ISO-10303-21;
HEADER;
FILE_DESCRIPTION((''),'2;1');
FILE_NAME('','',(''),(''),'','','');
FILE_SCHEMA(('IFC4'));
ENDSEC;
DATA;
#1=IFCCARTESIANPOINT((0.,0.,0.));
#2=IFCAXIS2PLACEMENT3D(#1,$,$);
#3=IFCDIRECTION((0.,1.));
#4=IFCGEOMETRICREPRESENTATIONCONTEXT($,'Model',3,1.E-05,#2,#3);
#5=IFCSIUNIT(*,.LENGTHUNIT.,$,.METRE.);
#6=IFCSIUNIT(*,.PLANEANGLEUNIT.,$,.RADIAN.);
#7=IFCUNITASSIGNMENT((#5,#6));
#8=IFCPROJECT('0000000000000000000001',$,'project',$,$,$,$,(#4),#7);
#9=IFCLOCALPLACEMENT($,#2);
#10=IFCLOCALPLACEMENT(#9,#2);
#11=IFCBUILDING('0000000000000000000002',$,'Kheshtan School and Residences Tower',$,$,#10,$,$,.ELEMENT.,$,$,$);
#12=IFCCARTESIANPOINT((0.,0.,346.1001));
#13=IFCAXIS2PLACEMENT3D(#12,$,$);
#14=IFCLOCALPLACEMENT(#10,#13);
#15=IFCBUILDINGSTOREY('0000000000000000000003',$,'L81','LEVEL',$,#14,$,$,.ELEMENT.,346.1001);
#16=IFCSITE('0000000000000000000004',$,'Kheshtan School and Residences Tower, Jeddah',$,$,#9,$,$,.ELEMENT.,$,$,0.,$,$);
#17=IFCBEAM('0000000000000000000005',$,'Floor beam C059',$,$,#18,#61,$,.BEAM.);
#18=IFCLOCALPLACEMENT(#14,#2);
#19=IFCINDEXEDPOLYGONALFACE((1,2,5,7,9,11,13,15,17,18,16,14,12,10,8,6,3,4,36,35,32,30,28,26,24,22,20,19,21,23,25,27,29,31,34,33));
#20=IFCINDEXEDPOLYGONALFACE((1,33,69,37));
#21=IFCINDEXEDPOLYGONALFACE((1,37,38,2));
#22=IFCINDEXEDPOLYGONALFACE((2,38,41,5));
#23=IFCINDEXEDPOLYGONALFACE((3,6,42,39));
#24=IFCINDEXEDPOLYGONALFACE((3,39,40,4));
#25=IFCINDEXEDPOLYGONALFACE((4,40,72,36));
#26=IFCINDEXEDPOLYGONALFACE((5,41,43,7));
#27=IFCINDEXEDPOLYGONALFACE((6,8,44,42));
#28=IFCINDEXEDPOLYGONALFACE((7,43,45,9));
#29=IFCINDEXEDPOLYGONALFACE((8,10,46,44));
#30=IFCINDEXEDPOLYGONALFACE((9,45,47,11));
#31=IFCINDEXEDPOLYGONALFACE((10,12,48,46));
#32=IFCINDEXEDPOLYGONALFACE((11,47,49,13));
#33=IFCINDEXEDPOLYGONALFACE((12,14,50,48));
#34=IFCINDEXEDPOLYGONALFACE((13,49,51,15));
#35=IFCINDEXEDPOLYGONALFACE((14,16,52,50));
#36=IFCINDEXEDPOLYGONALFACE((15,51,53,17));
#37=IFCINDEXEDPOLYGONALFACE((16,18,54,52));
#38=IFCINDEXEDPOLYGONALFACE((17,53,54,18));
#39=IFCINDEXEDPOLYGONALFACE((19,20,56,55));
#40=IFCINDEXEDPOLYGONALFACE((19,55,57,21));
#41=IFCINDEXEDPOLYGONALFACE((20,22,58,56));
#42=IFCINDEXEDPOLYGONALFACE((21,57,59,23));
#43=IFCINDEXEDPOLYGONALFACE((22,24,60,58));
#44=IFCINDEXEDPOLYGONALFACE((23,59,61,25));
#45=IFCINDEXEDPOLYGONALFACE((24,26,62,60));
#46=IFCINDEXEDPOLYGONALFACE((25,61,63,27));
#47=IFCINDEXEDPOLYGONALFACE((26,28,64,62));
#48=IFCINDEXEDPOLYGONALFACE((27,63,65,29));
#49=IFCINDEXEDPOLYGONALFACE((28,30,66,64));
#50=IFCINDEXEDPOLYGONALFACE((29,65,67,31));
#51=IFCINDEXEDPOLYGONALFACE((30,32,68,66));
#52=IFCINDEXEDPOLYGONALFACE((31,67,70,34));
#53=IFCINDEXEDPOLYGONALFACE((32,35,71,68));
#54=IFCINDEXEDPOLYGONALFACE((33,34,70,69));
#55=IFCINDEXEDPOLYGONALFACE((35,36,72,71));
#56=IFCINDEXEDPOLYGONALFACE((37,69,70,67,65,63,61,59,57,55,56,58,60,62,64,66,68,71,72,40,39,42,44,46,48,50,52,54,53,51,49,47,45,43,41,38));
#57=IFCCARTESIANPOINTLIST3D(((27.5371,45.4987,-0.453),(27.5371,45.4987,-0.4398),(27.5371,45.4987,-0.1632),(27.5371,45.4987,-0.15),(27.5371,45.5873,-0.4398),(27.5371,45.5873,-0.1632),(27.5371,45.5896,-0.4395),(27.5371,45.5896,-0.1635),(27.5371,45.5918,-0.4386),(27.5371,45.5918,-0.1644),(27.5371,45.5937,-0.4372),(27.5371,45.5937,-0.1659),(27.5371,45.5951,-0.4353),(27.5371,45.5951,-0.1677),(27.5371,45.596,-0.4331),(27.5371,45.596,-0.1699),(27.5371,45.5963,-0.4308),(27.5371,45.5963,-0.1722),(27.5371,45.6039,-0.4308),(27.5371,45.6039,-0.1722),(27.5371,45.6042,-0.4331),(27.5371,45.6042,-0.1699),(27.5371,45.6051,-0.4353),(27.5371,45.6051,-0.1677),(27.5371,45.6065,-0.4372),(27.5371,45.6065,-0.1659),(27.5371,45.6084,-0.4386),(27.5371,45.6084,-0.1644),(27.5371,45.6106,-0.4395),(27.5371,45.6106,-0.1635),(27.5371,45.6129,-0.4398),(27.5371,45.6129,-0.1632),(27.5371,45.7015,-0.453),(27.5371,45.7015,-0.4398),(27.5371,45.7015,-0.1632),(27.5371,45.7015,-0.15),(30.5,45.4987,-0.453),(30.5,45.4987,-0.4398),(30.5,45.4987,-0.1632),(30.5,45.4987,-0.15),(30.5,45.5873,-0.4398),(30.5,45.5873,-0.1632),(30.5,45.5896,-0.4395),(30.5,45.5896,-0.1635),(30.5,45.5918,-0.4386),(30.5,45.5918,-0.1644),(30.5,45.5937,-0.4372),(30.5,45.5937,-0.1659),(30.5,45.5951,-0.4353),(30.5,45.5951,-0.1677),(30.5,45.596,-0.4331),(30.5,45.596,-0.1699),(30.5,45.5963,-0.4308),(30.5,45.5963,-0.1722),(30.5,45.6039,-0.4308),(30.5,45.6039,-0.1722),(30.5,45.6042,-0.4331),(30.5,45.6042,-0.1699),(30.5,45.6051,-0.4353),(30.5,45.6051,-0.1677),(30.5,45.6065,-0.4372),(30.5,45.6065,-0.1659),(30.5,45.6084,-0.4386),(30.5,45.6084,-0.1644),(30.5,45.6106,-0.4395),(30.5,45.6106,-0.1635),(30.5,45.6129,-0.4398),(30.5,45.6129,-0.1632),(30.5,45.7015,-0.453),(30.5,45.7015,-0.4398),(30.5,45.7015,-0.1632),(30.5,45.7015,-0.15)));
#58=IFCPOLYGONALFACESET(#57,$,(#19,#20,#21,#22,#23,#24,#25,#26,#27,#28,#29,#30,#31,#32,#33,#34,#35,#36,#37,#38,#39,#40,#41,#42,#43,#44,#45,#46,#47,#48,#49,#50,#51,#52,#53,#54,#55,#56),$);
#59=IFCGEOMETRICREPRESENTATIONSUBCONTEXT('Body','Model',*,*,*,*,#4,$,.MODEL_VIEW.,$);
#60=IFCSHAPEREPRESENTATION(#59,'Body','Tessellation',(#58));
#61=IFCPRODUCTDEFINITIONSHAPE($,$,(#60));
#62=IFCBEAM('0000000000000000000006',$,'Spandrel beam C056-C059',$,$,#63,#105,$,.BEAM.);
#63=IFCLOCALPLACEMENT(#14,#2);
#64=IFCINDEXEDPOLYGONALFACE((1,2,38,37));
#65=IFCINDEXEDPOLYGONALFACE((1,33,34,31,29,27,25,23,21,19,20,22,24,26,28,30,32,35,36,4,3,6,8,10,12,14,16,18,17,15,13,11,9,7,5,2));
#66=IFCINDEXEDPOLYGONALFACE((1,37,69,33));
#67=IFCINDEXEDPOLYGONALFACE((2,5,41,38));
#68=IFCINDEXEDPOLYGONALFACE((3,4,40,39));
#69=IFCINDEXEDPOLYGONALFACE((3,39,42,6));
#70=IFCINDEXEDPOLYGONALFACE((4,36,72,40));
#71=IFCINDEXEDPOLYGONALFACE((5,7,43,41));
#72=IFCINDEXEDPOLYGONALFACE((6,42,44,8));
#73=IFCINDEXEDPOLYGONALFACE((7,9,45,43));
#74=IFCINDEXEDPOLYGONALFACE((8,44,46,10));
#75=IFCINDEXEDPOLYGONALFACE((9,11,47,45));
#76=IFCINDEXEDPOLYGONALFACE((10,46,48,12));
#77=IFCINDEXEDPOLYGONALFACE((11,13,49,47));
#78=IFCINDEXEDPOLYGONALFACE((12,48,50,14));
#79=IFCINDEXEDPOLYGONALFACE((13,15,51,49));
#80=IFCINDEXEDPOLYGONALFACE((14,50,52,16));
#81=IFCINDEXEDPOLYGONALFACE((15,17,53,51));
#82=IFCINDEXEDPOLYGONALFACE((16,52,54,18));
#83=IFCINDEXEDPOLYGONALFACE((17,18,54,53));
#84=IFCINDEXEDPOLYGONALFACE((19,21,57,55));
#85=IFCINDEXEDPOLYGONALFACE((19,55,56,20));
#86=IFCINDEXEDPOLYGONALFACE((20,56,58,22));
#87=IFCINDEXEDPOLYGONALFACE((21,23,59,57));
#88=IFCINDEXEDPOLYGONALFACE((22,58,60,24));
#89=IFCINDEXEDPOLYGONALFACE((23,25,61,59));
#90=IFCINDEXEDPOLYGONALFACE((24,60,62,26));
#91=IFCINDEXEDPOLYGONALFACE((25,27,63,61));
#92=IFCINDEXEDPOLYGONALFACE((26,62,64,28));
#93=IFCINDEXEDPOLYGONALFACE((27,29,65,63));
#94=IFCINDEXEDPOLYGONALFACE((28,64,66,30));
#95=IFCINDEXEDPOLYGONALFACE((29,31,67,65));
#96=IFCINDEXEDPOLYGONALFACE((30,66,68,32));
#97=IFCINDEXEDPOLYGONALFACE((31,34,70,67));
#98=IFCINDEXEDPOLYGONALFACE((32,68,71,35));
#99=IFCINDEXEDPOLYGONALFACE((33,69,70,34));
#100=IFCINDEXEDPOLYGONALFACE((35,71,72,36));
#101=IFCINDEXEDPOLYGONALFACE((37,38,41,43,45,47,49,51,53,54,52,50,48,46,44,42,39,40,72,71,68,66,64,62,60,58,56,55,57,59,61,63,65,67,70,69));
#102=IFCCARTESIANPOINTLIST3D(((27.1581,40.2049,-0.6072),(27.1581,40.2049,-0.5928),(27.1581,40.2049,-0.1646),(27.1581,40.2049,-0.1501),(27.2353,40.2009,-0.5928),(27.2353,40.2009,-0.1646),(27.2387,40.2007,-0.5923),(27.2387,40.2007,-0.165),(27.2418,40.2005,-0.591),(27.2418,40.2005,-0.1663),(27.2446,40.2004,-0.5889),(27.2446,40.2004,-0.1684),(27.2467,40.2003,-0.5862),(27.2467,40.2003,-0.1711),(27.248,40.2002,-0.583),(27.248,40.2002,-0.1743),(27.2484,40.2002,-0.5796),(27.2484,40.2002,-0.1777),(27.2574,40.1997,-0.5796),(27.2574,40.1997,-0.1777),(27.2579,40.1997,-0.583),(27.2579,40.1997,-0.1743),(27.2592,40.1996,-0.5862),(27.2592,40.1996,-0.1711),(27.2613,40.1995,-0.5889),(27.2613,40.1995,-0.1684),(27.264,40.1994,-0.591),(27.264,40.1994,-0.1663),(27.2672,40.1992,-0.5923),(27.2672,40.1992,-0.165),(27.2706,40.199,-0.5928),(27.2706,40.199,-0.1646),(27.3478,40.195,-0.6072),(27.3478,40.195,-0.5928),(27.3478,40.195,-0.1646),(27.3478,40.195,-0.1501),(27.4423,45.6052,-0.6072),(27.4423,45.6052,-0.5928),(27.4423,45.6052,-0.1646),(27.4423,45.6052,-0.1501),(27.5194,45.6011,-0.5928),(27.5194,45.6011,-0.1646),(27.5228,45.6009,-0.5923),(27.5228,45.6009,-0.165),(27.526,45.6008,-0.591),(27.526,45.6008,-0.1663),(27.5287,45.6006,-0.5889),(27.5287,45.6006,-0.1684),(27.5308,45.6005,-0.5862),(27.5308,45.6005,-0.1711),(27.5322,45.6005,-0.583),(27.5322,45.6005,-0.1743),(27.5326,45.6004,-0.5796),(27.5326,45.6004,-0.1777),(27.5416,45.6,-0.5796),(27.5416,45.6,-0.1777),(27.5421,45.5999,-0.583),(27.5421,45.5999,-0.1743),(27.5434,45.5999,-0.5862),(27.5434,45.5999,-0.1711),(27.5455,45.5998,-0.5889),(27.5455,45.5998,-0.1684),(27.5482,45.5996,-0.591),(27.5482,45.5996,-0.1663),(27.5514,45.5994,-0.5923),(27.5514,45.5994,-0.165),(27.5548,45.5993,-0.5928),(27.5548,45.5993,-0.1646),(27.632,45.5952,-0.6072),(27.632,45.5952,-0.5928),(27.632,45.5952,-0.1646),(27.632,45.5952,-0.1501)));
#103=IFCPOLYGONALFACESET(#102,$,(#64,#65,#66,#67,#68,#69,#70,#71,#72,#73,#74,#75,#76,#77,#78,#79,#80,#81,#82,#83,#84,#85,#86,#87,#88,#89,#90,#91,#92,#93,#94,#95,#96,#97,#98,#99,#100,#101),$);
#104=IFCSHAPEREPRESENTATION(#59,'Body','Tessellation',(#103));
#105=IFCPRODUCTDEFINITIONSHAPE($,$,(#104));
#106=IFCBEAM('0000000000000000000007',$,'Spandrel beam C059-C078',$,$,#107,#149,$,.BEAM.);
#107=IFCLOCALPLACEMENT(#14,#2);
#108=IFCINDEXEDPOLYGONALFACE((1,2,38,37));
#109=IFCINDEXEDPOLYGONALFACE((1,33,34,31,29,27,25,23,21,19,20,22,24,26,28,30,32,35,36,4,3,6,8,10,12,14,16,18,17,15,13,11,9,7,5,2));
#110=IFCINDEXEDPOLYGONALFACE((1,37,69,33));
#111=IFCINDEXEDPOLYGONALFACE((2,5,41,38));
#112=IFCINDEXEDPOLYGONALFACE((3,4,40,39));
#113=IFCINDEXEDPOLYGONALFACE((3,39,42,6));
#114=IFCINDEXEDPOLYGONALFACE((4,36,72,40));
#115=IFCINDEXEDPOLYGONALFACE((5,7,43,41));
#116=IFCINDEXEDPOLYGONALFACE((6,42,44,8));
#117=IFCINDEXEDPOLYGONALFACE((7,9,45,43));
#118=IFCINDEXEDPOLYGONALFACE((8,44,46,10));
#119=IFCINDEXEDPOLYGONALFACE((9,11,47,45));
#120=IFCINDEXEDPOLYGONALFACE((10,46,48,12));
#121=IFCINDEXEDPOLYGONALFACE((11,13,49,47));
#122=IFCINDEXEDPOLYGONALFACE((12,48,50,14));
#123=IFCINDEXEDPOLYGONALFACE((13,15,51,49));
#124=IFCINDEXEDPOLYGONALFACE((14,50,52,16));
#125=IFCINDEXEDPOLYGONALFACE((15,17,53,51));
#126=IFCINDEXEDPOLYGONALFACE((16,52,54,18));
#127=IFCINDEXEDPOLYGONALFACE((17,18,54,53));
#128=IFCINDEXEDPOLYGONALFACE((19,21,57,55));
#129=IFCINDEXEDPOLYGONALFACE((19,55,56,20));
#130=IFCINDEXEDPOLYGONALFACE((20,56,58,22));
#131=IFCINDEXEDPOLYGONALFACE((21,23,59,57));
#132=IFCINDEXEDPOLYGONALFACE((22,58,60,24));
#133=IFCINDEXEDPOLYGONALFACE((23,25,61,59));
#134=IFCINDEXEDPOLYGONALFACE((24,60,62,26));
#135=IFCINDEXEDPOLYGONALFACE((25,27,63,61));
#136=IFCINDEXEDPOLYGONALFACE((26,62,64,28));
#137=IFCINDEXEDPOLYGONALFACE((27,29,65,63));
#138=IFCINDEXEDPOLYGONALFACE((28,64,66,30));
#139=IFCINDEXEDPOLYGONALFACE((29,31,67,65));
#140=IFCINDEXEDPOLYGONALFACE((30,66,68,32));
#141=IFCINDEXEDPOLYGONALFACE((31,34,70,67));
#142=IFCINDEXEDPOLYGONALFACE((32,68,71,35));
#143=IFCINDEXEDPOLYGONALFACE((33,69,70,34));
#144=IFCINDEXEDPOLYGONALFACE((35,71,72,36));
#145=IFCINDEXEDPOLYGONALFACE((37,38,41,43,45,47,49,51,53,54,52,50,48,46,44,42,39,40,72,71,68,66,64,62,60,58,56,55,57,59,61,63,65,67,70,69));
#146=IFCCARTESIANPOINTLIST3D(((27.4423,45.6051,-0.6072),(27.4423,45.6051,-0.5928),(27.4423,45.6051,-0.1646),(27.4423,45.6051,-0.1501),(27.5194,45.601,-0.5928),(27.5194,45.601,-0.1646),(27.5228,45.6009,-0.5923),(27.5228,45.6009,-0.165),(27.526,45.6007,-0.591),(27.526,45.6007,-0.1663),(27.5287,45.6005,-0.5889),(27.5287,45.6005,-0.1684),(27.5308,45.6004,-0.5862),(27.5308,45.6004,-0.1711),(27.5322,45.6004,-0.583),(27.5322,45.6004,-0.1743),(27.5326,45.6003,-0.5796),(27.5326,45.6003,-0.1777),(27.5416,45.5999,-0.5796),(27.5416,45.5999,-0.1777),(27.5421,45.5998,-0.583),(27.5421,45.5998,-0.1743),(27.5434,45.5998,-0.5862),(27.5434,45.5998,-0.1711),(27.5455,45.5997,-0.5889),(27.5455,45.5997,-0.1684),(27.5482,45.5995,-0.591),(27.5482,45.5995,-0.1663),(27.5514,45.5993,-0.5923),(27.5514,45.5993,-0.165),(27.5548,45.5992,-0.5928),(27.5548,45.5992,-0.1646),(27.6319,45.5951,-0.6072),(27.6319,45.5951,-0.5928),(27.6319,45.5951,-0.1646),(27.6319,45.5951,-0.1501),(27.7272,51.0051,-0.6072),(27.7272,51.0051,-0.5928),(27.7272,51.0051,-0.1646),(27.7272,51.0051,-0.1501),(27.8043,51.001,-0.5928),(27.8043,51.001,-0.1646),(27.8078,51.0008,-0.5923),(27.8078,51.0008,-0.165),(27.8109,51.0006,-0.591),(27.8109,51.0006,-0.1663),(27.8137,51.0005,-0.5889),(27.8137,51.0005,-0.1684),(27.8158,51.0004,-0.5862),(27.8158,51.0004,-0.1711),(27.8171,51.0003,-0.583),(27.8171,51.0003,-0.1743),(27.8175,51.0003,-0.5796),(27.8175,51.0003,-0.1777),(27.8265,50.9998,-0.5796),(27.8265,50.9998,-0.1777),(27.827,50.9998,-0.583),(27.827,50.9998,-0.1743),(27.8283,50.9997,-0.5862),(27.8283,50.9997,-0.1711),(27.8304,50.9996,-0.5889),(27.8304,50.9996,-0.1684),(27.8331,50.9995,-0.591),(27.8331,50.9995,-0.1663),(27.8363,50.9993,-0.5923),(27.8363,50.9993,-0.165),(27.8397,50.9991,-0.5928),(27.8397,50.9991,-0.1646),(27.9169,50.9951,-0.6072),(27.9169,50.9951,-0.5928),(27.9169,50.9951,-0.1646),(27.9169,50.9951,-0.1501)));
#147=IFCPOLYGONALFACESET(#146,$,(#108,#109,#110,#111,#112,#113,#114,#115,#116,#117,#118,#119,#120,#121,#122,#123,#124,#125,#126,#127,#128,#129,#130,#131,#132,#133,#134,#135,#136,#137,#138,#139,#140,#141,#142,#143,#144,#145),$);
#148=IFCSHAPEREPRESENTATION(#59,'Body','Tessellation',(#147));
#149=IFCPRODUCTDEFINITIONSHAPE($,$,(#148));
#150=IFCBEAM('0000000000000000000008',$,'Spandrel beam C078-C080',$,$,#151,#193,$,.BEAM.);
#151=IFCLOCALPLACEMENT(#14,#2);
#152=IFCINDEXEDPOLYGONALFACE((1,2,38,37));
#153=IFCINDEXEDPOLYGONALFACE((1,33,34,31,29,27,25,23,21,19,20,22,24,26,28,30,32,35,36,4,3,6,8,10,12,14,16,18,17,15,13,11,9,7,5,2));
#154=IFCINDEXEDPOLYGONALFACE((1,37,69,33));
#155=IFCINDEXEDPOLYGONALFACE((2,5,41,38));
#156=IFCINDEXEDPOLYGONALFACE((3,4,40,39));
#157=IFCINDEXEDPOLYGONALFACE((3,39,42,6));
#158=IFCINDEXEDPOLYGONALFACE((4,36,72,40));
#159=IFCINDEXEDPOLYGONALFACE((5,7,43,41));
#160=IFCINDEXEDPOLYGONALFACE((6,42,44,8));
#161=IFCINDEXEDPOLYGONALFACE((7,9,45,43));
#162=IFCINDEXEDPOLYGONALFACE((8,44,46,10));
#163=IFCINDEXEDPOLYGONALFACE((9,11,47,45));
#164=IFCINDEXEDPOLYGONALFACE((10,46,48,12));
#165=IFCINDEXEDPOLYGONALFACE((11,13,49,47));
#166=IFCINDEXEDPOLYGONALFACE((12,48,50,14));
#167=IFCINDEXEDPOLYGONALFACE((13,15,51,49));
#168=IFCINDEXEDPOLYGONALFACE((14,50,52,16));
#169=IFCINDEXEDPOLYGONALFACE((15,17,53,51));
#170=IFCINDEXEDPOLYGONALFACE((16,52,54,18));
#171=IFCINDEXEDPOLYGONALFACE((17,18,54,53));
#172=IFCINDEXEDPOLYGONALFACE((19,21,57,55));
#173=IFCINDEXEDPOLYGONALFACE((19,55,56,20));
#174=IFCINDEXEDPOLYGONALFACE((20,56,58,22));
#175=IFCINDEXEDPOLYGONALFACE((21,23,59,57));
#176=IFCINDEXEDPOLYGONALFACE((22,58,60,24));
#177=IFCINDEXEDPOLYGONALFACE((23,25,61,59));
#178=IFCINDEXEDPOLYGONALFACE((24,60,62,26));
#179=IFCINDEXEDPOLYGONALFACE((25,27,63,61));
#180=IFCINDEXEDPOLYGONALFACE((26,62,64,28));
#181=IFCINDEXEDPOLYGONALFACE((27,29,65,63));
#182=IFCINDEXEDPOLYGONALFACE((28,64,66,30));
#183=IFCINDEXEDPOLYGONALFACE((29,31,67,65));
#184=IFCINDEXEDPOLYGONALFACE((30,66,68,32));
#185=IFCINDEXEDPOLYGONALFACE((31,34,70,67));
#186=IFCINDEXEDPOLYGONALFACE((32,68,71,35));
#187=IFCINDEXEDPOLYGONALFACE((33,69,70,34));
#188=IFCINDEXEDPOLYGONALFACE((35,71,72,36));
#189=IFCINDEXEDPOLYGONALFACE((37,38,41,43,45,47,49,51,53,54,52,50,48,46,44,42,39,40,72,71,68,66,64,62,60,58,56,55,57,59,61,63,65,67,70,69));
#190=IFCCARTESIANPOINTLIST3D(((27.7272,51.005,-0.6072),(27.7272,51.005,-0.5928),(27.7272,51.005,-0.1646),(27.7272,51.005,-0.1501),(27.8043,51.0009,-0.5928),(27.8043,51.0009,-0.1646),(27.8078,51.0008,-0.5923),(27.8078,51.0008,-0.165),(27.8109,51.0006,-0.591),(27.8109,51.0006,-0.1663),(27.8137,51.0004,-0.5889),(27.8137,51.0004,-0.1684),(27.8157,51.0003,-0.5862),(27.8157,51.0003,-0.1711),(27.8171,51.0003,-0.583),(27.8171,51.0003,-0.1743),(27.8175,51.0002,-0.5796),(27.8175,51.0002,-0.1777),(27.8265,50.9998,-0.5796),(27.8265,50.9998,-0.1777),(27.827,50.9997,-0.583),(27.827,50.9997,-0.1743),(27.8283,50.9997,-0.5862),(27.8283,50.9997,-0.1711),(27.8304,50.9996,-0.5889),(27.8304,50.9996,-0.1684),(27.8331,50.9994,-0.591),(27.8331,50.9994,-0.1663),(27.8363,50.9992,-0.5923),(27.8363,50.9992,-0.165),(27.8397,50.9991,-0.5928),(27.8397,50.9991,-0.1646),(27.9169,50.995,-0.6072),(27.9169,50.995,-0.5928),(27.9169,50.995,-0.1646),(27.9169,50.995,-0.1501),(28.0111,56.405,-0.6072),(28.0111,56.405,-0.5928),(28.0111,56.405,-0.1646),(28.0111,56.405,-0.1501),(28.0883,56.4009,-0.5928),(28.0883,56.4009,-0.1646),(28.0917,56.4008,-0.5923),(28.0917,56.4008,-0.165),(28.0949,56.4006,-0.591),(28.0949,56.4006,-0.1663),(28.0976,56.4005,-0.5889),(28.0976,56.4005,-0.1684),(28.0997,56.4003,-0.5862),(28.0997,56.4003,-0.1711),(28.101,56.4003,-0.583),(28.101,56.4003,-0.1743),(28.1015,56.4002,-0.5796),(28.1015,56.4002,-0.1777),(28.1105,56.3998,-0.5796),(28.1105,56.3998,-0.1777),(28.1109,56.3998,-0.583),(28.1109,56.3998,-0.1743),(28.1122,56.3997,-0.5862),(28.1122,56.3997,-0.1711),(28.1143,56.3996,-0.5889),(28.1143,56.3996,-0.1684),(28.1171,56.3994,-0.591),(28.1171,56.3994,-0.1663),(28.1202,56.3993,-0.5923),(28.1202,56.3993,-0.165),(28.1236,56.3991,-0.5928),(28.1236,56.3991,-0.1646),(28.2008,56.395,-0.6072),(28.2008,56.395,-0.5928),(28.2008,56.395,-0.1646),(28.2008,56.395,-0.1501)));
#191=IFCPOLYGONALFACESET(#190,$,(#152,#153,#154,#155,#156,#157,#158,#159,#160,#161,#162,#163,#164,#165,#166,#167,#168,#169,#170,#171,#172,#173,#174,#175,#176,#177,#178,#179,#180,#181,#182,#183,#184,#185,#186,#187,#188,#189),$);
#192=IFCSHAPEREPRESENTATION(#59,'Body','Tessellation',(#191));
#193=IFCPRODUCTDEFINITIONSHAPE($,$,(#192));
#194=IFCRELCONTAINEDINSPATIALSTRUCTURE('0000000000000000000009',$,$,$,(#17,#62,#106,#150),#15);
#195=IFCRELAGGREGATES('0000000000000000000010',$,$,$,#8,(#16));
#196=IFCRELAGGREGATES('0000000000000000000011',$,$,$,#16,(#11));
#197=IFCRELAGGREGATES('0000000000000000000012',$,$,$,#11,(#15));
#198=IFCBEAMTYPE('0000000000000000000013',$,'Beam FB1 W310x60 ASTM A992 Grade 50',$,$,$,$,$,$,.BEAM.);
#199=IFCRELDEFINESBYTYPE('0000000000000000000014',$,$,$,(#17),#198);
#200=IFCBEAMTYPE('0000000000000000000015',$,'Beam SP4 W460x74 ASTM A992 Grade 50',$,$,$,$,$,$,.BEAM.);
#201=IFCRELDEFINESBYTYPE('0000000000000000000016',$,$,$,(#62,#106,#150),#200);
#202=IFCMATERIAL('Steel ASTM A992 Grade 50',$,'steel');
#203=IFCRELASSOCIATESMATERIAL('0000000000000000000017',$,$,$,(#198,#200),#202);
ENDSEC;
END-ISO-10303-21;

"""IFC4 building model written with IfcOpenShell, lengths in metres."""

from ifc_helpers import new_model, si_unit, direction, frame, origin, origin_2d, place, context, subcontext, project, spatial, i_section, extrude, material, material_profile, profile_set, type_object, element, save


model = new_model("IFC4")

# Units and contexts
model_context = context("Model", 3, precision=1e-05, world=origin(), true_north=direction((0.0, 1.0)))
body_context = subcontext(model_context, "Body", "Model", "MODEL_VIEW")
ifc_project = project(units=[si_unit("LENGTHUNIT", "METRE"), si_unit("PLANEANGLEUNIT", "RADIAN")], contexts=[model_context])

# Site, building, storey
site_placement = place(None, origin())
site = spatial("IfcSite", under=ifc_project, at=site_placement, Name="Kheshtan School and Residences Tower, Jeddah", CompositionType="ELEMENT", RefElevation=0.0)
building_placement = place(site_placement, origin())
building = spatial("IfcBuilding", under=site, at=building_placement, Name="Kheshtan School and Residences Tower", CompositionType="ELEMENT")
storey_placement = place(building_placement, frame((0.0, 0.0, 346.1001)))
storey = spatial("IfcBuildingStorey", under=building, at=storey_placement, Name="L81", Description="LEVEL", CompositionType="ELEMENT", Elevation=346.1001)

# Shared definitions
ifc_material_1 = material(Name="Steel ASTM A992 Grade 50", Category="steel")

# Beams
ifc_material_profile_1 = material_profile(ifc_material_1, i_section(OverallWidth=0.2029, OverallDepth=0.303, WebThickness=0.0076, FlangeThickness=0.0132, FilletRadius=0.009, at=origin_2d()), Name="W310x60")
ifc_profile_set_1 = profile_set([ifc_material_profile_1], Name="Steel ASTM A992 Grade 50")
beam_type_1 = type_object("IfcBeamType", Name="Beam FB1 W310x60 ASTM A992 Grade 50", PredefinedType="BEAM", material=ifc_profile_set_1)
beam_1_placement = place(storey_placement, frame((27.5371, 45.6001, -0.3015), z_axis=(1.0, 0.0, 0.0), x_axis=(0.0, 1.0, 0.0)))
element("IfcBeam", 1, at=beam_1_placement, inside=storey, type_object=beam_type_1, Name="Floor beam C059", PredefinedType="BEAM", context=body_context, shape_type="SweptSolid", body=[
    extrude(i_section(OverallWidth=0.2029, OverallDepth=0.303, WebThickness=0.0076, FlangeThickness=0.0132, FilletRadius=0.009, at=origin_2d()), origin(), (0.0, 0.0, 1.0), 2.9629),
])
ifc_material_profile_2 = material_profile(ifc_material_1, i_section(OverallWidth=0.1899, OverallDepth=0.457, WebThickness=0.009, FlangeThickness=0.0144, FilletRadius=0.0132, at=origin_2d()), Name="W460x74")
ifc_profile_set_2 = profile_set([ifc_material_profile_2], Name="Steel ASTM A992 Grade 50")
beam_type_2 = type_object("IfcBeamType", Name="Beam SP4 W460x74 ASTM A992 Grade 50", PredefinedType="BEAM", material=ifc_profile_set_2)
beam_2_placement = place(storey_placement, frame((27.2529, 40.2, -0.3787), z_axis=(0.052552, 0.998618, 0.0), x_axis=(-0.998618, 0.052552, 0.0)))
element("IfcBeam", 2, at=beam_2_placement, inside=storey, type_object=beam_type_2, Name="Spandrel beam C056-C059", PredefinedType="BEAM", context=body_context, shape_type="SweptSolid", body=[
    extrude(i_section(OverallWidth=0.1899, OverallDepth=0.457, WebThickness=0.009, FlangeThickness=0.0144, FilletRadius=0.0132, at=origin_2d()), origin(), (0.0, 0.0, 1.0), 5.4077),
])
for number, where, z_axis, x_axis, name in (
    (3, (27.5371, 45.6001, -0.3787), (0.052689, 0.998611, 0.0), (-0.998611, 0.052689, 0.0), "Spandrel beam C059-C078"),
    (4, (27.822, 51.0, -0.3787), (0.052509, 0.99862, 0.0), (-0.99862, 0.052509, 0.0), "Spandrel beam C078-C080"),
):
    element("IfcBeam", number, at=place(storey_placement, frame(where, z_axis=z_axis, x_axis=x_axis)), inside=storey, type_object=beam_type_2, Name=name, PredefinedType="BEAM", context=body_context, shape_type="SweptSolid", body=[
        extrude(i_section(OverallWidth=0.1899, OverallDepth=0.457, WebThickness=0.009, FlangeThickness=0.0144, FilletRadius=0.0132, at=origin_2d()), origin(), (0.0, 0.0, 1.0), 5.4075),
    ])

save(model, "model.ifc")
